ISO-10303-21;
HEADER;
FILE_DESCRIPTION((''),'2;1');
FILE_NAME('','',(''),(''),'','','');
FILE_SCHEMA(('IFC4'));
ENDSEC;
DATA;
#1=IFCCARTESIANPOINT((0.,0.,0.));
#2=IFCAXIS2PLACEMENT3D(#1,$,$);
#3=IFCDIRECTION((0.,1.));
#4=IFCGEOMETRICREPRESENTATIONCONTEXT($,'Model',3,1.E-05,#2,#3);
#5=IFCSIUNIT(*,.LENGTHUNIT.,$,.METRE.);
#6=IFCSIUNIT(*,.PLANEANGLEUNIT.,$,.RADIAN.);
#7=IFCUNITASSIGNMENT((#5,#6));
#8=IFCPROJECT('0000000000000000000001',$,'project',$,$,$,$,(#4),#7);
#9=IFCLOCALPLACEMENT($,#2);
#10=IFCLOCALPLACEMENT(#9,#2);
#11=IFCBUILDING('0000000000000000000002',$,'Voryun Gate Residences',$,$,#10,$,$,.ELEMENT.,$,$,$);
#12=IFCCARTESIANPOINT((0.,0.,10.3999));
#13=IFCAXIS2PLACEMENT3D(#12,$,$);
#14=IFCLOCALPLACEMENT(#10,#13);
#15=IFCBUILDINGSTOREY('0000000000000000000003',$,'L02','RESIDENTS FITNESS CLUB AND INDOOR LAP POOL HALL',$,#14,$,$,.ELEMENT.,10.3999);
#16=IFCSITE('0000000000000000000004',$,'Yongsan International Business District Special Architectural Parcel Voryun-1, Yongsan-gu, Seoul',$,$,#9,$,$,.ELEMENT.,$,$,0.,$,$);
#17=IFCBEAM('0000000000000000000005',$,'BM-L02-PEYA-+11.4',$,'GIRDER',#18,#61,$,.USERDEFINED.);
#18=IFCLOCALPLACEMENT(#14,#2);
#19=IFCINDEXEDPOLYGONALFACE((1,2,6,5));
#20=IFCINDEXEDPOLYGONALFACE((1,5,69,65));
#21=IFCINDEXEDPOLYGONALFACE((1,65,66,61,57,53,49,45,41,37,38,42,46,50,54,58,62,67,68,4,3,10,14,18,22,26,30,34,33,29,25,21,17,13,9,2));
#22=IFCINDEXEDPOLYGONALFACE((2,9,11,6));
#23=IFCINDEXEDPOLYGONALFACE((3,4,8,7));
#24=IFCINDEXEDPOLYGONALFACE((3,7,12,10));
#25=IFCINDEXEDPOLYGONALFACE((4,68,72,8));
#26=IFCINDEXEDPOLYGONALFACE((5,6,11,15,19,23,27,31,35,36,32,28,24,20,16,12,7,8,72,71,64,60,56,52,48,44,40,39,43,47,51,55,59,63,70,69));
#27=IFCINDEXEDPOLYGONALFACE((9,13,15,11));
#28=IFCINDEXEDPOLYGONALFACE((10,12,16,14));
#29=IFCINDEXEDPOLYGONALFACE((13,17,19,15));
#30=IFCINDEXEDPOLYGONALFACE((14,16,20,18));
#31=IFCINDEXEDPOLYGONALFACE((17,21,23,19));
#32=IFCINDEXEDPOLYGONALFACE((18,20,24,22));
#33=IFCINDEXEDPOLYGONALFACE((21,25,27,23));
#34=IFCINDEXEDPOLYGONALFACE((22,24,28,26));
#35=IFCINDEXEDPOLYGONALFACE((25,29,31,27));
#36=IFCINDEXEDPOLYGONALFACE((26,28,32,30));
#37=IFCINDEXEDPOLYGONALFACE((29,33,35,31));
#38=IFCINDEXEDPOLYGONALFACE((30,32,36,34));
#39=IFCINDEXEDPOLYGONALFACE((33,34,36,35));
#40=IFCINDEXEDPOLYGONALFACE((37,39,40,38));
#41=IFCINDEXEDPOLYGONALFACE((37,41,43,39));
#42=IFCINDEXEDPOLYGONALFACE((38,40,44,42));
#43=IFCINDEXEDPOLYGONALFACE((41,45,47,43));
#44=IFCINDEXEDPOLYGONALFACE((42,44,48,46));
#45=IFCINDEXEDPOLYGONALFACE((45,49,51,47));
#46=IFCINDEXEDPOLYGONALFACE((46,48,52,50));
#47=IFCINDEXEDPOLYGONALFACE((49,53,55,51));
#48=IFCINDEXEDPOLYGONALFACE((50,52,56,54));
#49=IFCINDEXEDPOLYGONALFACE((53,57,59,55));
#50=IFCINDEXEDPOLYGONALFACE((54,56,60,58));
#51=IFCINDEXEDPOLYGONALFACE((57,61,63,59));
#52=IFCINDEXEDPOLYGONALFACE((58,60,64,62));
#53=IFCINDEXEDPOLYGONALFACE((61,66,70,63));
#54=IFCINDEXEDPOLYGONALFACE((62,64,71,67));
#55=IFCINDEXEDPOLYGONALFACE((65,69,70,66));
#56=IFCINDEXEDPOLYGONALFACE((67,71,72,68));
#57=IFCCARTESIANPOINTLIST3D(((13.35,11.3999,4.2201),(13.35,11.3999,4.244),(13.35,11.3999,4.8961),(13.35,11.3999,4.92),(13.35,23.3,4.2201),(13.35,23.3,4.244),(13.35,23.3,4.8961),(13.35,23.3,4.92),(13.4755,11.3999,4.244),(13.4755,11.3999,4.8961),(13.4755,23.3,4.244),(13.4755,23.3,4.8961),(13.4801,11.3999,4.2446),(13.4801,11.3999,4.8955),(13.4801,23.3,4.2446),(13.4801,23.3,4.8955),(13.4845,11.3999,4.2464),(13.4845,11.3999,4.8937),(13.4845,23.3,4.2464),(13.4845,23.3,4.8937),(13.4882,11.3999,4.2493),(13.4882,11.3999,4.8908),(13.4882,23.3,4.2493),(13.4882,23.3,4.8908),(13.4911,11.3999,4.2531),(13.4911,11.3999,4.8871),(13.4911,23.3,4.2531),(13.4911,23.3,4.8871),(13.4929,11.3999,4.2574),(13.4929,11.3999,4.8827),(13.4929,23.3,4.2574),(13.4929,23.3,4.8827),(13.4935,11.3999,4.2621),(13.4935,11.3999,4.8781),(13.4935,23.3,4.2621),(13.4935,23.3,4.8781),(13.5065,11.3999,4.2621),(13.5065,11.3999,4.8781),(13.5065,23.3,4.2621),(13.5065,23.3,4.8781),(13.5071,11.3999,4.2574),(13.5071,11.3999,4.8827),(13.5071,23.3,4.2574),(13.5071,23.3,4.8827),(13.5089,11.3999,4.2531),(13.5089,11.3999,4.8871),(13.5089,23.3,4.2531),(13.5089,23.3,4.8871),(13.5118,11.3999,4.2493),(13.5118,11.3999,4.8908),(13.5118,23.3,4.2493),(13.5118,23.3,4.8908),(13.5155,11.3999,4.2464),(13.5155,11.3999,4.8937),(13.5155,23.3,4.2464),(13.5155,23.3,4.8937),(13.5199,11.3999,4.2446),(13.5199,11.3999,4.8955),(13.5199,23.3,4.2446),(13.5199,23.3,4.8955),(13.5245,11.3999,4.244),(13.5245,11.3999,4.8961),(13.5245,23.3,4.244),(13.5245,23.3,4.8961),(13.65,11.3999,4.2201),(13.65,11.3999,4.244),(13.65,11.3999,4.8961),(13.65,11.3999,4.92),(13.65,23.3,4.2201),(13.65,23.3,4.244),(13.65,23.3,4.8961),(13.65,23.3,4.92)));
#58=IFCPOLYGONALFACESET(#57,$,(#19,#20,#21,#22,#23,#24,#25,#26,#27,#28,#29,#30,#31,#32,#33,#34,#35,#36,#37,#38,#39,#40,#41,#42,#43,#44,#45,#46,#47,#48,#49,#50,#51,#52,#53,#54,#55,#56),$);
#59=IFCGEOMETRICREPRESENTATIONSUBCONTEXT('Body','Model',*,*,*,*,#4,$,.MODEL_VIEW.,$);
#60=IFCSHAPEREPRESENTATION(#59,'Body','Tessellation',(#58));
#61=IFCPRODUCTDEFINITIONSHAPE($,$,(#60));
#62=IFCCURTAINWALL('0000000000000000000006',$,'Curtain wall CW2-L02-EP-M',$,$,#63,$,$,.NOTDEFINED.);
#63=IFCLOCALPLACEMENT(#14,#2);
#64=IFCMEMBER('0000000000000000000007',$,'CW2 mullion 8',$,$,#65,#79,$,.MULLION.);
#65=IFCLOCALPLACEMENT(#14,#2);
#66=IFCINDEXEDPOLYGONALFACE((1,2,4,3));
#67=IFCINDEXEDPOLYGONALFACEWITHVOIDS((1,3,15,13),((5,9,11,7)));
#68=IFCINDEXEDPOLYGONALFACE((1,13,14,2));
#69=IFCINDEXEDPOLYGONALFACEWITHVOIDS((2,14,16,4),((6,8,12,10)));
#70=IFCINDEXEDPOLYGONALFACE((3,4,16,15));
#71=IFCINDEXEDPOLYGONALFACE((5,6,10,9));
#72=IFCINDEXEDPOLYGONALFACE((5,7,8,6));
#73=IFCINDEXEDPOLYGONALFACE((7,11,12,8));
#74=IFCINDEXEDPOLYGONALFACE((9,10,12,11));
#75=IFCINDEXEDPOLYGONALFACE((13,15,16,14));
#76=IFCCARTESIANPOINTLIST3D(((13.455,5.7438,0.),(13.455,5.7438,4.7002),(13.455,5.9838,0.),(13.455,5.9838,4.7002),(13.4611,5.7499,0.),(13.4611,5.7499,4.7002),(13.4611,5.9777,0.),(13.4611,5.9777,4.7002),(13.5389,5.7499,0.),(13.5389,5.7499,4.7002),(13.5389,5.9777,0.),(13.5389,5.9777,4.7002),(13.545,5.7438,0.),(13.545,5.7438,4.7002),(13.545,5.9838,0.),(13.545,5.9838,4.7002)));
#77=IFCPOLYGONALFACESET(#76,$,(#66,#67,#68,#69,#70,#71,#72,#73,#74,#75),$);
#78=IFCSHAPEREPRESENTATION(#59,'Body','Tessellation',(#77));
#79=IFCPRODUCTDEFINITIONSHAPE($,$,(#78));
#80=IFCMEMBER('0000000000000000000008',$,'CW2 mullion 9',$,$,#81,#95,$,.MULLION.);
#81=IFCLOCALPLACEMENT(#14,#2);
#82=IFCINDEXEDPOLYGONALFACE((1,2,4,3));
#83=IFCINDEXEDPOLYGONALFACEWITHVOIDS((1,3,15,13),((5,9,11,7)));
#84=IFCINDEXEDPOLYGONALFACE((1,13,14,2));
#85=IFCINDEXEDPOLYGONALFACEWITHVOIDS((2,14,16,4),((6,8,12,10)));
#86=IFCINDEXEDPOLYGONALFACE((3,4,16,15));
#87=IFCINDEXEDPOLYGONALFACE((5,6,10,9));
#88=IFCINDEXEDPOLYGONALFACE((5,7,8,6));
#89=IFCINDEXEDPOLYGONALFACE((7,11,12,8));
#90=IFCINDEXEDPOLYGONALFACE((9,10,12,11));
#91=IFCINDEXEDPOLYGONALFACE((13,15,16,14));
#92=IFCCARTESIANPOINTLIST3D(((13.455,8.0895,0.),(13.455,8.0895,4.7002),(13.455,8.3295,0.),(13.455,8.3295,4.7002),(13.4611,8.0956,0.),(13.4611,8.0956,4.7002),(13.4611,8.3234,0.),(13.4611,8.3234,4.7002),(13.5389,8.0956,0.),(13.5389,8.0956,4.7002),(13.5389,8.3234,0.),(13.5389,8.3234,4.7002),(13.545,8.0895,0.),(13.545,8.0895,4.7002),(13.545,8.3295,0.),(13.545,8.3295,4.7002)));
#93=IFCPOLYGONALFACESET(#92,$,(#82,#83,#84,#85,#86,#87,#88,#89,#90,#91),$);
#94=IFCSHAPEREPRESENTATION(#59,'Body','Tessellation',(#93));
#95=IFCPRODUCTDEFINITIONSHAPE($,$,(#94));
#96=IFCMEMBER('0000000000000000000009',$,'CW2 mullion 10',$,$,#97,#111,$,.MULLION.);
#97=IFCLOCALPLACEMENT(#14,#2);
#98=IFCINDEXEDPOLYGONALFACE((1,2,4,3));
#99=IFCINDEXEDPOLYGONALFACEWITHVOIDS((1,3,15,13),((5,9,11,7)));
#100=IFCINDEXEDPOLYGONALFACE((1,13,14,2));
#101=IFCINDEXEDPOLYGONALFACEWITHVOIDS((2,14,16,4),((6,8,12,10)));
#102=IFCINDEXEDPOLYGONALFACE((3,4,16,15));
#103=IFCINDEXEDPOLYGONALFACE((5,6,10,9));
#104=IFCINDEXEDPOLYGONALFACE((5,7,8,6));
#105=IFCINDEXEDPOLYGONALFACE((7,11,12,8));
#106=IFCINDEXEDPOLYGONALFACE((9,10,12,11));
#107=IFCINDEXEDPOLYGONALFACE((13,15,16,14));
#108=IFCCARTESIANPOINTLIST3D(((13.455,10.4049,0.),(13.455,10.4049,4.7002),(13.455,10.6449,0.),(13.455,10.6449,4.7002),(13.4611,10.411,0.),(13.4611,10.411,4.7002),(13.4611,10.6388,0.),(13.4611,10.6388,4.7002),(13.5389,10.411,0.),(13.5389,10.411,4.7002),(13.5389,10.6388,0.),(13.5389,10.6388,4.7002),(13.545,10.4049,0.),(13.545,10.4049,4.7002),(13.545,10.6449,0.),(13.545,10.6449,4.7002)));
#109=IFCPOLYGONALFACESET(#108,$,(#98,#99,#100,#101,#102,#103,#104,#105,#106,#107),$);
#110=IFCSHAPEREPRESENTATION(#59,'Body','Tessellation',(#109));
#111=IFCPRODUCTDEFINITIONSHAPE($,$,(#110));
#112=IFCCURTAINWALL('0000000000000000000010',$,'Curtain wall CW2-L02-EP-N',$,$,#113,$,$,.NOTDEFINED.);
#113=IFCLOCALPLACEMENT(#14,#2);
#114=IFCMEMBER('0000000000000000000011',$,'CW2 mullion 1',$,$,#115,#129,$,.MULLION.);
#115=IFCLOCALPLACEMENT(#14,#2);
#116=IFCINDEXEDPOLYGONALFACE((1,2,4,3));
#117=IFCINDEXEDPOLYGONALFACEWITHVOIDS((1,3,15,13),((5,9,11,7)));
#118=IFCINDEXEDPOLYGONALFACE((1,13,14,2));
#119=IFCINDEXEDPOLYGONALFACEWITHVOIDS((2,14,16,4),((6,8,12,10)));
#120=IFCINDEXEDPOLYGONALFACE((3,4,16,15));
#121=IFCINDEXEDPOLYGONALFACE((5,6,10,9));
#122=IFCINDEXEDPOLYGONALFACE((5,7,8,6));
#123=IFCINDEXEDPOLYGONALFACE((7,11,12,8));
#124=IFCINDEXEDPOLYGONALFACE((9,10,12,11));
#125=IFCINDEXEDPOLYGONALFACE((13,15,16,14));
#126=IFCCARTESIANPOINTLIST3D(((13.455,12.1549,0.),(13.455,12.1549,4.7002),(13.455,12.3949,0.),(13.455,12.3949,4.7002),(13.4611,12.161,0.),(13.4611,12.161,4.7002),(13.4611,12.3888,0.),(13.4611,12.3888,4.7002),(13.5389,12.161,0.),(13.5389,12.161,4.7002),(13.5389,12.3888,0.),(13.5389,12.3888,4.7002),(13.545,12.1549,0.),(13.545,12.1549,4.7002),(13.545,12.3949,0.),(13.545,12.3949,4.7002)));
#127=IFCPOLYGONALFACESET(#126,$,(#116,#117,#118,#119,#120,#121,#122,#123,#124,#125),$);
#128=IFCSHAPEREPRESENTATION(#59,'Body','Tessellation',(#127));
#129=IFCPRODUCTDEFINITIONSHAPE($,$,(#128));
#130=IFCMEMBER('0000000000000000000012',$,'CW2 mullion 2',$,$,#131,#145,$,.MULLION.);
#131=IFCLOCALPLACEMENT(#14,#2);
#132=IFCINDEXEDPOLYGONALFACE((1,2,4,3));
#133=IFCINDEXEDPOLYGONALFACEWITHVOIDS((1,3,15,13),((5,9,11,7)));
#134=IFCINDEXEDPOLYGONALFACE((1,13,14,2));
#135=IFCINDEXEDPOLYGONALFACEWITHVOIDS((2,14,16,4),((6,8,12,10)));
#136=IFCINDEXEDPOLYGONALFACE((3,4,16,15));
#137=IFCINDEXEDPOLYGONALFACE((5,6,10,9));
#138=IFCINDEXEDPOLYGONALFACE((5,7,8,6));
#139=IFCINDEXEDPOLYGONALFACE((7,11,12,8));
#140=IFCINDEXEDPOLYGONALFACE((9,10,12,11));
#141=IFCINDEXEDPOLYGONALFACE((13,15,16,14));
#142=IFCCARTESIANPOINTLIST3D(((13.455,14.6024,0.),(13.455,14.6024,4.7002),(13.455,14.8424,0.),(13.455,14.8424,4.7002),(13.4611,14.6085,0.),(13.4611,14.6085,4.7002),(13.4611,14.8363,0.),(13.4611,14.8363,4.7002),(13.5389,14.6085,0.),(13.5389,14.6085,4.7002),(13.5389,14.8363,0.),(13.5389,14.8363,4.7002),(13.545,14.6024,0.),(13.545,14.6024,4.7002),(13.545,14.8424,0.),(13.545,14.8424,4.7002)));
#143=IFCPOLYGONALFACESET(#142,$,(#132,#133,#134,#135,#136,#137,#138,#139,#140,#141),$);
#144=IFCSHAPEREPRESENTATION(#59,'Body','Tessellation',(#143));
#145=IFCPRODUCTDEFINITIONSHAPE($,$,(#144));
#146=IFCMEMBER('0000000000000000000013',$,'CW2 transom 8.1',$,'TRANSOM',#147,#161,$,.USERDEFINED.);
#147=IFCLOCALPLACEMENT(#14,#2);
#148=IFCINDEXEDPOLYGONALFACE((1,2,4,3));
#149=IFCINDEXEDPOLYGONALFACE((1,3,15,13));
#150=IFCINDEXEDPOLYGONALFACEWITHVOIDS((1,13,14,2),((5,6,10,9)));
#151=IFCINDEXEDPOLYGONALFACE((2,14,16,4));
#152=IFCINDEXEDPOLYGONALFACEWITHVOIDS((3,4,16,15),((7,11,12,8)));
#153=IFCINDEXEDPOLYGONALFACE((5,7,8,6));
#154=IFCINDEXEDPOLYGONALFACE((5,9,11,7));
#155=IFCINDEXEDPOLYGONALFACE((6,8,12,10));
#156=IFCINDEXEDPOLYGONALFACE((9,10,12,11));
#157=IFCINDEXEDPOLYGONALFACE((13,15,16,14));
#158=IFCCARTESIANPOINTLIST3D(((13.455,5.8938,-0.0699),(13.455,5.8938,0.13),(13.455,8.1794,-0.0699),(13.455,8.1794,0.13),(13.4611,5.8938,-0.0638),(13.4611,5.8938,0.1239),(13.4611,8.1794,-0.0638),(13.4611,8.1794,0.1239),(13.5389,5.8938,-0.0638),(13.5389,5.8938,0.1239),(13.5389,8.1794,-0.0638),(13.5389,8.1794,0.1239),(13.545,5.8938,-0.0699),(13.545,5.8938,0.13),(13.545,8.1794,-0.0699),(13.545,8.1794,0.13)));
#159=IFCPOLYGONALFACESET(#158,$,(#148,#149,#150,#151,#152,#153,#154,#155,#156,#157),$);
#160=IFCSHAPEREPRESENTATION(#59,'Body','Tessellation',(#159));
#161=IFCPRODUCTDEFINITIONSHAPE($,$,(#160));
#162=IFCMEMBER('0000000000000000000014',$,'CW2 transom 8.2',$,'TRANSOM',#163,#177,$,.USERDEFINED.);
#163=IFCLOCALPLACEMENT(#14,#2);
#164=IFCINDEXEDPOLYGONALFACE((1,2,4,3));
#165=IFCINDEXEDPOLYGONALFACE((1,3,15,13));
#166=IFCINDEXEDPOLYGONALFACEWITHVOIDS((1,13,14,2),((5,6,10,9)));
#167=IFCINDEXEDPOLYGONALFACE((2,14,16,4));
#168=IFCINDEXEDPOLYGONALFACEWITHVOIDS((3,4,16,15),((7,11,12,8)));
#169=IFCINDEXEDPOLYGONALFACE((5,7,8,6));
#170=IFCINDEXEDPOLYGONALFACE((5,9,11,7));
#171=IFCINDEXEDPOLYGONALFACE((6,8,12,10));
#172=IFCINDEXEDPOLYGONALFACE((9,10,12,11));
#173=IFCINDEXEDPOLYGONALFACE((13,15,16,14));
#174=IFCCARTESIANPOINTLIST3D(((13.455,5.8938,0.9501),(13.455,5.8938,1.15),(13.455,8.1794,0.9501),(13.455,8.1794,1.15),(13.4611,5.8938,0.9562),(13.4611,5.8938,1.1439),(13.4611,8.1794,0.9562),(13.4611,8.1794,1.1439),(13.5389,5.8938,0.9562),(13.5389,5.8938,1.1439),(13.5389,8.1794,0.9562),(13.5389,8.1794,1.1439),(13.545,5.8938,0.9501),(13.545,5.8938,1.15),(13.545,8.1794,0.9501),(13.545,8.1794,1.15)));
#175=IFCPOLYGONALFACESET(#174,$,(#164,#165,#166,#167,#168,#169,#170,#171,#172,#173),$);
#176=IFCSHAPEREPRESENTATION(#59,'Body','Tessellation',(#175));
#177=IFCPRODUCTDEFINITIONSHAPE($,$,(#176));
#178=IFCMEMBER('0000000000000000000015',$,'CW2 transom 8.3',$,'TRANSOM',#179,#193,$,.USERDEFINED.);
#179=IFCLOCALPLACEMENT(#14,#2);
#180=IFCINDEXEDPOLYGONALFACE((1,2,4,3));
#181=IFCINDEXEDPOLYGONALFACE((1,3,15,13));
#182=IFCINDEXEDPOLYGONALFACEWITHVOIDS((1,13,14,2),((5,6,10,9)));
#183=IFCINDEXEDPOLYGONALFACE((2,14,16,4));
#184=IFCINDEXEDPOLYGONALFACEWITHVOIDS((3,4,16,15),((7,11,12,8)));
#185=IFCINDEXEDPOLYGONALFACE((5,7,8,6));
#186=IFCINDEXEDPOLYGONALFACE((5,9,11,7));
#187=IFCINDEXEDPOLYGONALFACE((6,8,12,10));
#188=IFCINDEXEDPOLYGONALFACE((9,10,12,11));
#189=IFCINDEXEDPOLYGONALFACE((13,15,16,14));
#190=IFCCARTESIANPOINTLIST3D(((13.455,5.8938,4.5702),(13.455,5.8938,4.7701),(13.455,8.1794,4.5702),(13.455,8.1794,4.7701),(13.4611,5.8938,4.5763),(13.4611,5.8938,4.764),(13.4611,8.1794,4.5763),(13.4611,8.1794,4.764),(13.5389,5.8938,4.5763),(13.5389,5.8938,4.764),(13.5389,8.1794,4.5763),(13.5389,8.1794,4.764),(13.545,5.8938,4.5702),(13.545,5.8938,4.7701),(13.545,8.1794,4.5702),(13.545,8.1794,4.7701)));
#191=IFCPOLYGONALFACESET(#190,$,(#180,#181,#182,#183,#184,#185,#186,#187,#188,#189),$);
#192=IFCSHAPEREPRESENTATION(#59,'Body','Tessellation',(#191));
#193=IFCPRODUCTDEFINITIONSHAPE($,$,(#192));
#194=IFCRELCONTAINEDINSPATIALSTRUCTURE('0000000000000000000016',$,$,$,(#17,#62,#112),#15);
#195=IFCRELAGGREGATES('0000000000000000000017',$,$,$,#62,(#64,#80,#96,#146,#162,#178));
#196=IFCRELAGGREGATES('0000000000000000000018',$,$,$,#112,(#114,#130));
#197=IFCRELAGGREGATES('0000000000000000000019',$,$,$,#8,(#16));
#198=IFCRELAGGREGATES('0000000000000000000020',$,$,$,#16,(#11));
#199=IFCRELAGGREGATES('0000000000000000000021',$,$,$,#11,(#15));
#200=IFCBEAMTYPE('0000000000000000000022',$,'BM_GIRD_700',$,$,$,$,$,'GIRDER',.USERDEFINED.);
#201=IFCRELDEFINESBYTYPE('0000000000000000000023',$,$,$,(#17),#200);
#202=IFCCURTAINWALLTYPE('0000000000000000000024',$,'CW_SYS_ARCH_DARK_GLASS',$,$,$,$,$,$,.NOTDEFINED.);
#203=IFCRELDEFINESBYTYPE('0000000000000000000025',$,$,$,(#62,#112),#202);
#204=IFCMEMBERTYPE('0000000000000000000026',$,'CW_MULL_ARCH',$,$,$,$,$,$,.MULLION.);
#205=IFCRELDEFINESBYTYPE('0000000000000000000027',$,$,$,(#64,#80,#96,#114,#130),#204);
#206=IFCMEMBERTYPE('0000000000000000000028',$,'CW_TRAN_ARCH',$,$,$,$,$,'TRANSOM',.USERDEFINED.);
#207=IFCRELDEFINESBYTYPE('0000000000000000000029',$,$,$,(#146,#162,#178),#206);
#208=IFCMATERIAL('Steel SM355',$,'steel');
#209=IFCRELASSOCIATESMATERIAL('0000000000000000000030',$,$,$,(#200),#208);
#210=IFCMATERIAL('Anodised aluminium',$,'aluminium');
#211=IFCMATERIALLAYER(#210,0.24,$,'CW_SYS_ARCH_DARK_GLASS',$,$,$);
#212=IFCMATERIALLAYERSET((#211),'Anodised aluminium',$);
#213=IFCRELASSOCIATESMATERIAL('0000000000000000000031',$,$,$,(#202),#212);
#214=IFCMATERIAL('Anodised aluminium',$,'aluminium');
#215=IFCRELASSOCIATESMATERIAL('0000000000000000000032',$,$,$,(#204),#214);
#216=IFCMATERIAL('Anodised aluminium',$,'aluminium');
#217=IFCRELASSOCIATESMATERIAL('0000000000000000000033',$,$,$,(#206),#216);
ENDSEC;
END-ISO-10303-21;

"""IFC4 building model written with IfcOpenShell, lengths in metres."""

from ifc_helpers import new_model, si_unit, direction, frame, origin, origin_2d, place, context, subcontext, project, spatial, hollow_rectangle, i_section, extrude, material, layer, layer_set, material_profile, profile_set, type_object, element, aggregate, save


model = new_model("IFC4")

# Units and contexts
model_context = context("Model", 3, precision=1e-05, world=origin(), true_north=direction((0.0, 1.0)))
body_context = subcontext(model_context, "Body", "Model", "MODEL_VIEW")
ifc_project = project(units=[si_unit("LENGTHUNIT", "METRE"), si_unit("PLANEANGLEUNIT", "RADIAN")], contexts=[model_context])

# Site, building, storey
site_placement = place(None, origin())
site = spatial("IfcSite", under=ifc_project, at=site_placement, Name="Yongsan International Business District Special Architectural Parcel Voryun-1, Yongsan-gu, Seoul", CompositionType="ELEMENT", RefElevation=0.0)
building_placement = place(site_placement, origin())
building = spatial("IfcBuilding", under=site, at=building_placement, Name="Voryun Gate Residences", CompositionType="ELEMENT")
storey_placement = place(building_placement, frame((0.0, 0.0, 10.3999)))
storey = spatial("IfcBuildingStorey", under=building, at=storey_placement, Name="L02", Description="RESIDENTS FITNESS CLUB AND INDOOR LAP POOL HALL", CompositionType="ELEMENT", Elevation=10.3999)

# Beam
ifc_material_1 = material(Name="Steel SM355", Category="steel")
ifc_material_profile_1 = material_profile(ifc_material_1, i_section(OverallWidth=0.3, OverallDepth=0.7, WebThickness=0.0129, FlangeThickness=0.0239, FilletRadius=0.0181, at=origin_2d()), Name="H-700x300x13x24")
ifc_profile_set_1 = profile_set([ifc_material_profile_1], Name="Steel SM355")
beam_type = type_object("IfcBeamType", Name="BM_GIRD_700", ElementType="GIRDER", PredefinedType="USERDEFINED", material=ifc_profile_set_1)
beam_1_placement = place(storey_placement, frame((13.5, 11.3999, 4.5701), z_axis=(0.0, 1.0, 0.0), x_axis=(-1.0, 0.0, 0.0)))
element("IfcBeam", 1, at=beam_1_placement, inside=storey, type_object=beam_type, Name="BM-L02-PEYA-+11.4", ObjectType="GIRDER", PredefinedType="USERDEFINED", context=body_context, shape_type="SweptSolid", body=[
    extrude(i_section(OverallWidth=0.3, OverallDepth=0.7, WebThickness=0.0129, FlangeThickness=0.0239, FilletRadius=0.0181, at=origin_2d()), origin(), (0.0, 0.0, 1.0), 11.9001),
])

# Curtain walls, members
ifc_material_2 = material(Name="Anodised aluminium", Category="aluminium")
ifc_layer_1 = layer(ifc_material_2, 0.24, Name="CW_SYS_ARCH_DARK_GLASS")
ifc_layer_set_1 = layer_set([ifc_layer_1], Name="Anodised aluminium")
curtain_wall_type = type_object("IfcCurtainWallType", Name="CW_SYS_ARCH_DARK_GLASS", PredefinedType="NOTDEFINED", material=ifc_layer_set_1)
curtain_wall_1_placement = place(storey_placement, origin())
curtain_wall_1 = element("IfcCurtainWall", 2, at=curtain_wall_1_placement, inside=storey, type_object=curtain_wall_type, Name="Curtain wall CW2-L02-EP-M", PredefinedType="NOTDEFINED")
ifc_material_3 = material(Name="Anodised aluminium", Category="aluminium")
ifc_material_profile_2 = material_profile(ifc_material_3, hollow_rectangle(XDim=0.0901, YDim=0.24, WallThickness=0.0061, at=origin_2d()), Name="ALU-MULL-240x90x6")
ifc_profile_set_2 = profile_set([ifc_material_profile_2], Name="Anodised aluminium")
member_type_1 = type_object("IfcMemberType", Name="CW_MULL_ARCH", PredefinedType="MULLION", material=ifc_profile_set_2)
member_1_placement = place(storey_placement, frame((13.5, 5.8638, 0.0), z_axis=(0.0, 0.0, 1.0), x_axis=(-1.0, 0.0, 0.0)))
member_1 = element("IfcMember", 3, at=member_1_placement, type_object=member_type_1, Name="CW2 mullion 8", PredefinedType="MULLION", context=body_context, shape_type="SweptSolid", body=[
    extrude(hollow_rectangle(XDim=0.0901, YDim=0.24, WallThickness=0.0061, at=origin_2d()), origin(), (0.0, 0.0, 1.0), 4.7002),
])
member_2_placement = place(storey_placement, frame((13.5, 8.2095, 0.0), z_axis=(0.0, 0.0, 1.0), x_axis=(-1.0, 0.0, 0.0)))
member_2 = element("IfcMember", 4, at=member_2_placement, type_object=member_type_1, Name="CW2 mullion 9", PredefinedType="MULLION", context=body_context, shape_type="SweptSolid", body=[
    extrude(hollow_rectangle(XDim=0.0901, YDim=0.24, WallThickness=0.0061, at=origin_2d()), origin(), (0.0, 0.0, 1.0), 4.7002),
])
member_3_placement = place(storey_placement, frame((13.5, 10.5249, 0.0), z_axis=(0.0, 0.0, 1.0), x_axis=(-1.0, 0.0, 0.0)))
member_3 = element("IfcMember", 5, at=member_3_placement, type_object=member_type_1, Name="CW2 mullion 10", PredefinedType="MULLION", context=body_context, shape_type="SweptSolid", body=[
    extrude(hollow_rectangle(XDim=0.0901, YDim=0.24, WallThickness=0.0061, at=origin_2d()), origin(), (0.0, 0.0, 1.0), 4.7002),
])
curtain_wall_2_placement = place(storey_placement, origin())
curtain_wall_2 = element("IfcCurtainWall", 6, at=curtain_wall_2_placement, inside=storey, type_object=curtain_wall_type, Name="Curtain wall CW2-L02-EP-N", PredefinedType="NOTDEFINED")
member_4_placement = place(storey_placement, frame((13.5, 12.2749, 0.0), z_axis=(0.0, 0.0, 1.0), x_axis=(-1.0, 0.0, 0.0)))
member_4 = element("IfcMember", 7, at=member_4_placement, type_object=member_type_1, Name="CW2 mullion 1", PredefinedType="MULLION", context=body_context, shape_type="SweptSolid", body=[
    extrude(hollow_rectangle(XDim=0.0901, YDim=0.24, WallThickness=0.0061, at=origin_2d()), origin(), (0.0, 0.0, 1.0), 4.7002),
])
member_5_placement = place(storey_placement, frame((13.5, 14.7224, 0.0), z_axis=(0.0, 0.0, 1.0), x_axis=(-1.0, 0.0, 0.0)))
member_5 = element("IfcMember", 8, at=member_5_placement, type_object=member_type_1, Name="CW2 mullion 2", PredefinedType="MULLION", context=body_context, shape_type="SweptSolid", body=[
    extrude(hollow_rectangle(XDim=0.0901, YDim=0.24, WallThickness=0.0061, at=origin_2d()), origin(), (0.0, 0.0, 1.0), 4.7002),
])

# Members
ifc_material_4 = material(Name="Anodised aluminium", Category="aluminium")
ifc_material_profile_3 = material_profile(ifc_material_4, hollow_rectangle(XDim=0.0901, YDim=0.2, WallThickness=0.0061, at=origin_2d()), Name="ALU-TRAN-200x90x6")
ifc_profile_set_3 = profile_set([ifc_material_profile_3], Name="Anodised aluminium")
member_type_2 = type_object("IfcMemberType", Name="CW_TRAN_ARCH", ElementType="TRANSOM", PredefinedType="USERDEFINED", material=ifc_profile_set_3)
member_6_placement = place(storey_placement, frame((13.5, 5.8938, 0.03), z_axis=(0.0, 1.0, 0.0), x_axis=(-1.0, 0.0, 0.0)))
member_6 = element("IfcMember", 9, at=member_6_placement, type_object=member_type_2, Name="CW2 transom 8.1", ObjectType="TRANSOM", PredefinedType="USERDEFINED", context=body_context, shape_type="SweptSolid", body=[
    extrude(hollow_rectangle(XDim=0.0901, YDim=0.2, WallThickness=0.0061, at=origin_2d()), origin(), (0.0, 0.0, 1.0), 2.2856),
])
member_7_placement = place(storey_placement, frame((13.5, 5.8938, 1.05), z_axis=(0.0, 1.0, 0.0), x_axis=(-1.0, 0.0, 0.0)))
member_7 = element("IfcMember", 10, at=member_7_placement, type_object=member_type_2, Name="CW2 transom 8.2", ObjectType="TRANSOM", PredefinedType="USERDEFINED", context=body_context, shape_type="SweptSolid", body=[
    extrude(hollow_rectangle(XDim=0.0901, YDim=0.2, WallThickness=0.0061, at=origin_2d()), origin(), (0.0, 0.0, 1.0), 2.2856),
])
member_8_placement = place(storey_placement, frame((13.5, 5.8938, 4.6702), z_axis=(0.0, 1.0, 0.0), x_axis=(-1.0, 0.0, 0.0)))
member_8 = element("IfcMember", 11, at=member_8_placement, type_object=member_type_2, Name="CW2 transom 8.3", ObjectType="TRANSOM", PredefinedType="USERDEFINED", context=body_context, shape_type="SweptSolid", body=[
    extrude(hollow_rectangle(XDim=0.0901, YDim=0.2, WallThickness=0.0061, at=origin_2d()), origin(), (0.0, 0.0, 1.0), 2.2856),
])

aggregate(curtain_wall_1, [member_1, member_2, member_3, member_6, member_7, member_8])
aggregate(curtain_wall_2, [member_4, member_5])

save(model, "model.ifc")
